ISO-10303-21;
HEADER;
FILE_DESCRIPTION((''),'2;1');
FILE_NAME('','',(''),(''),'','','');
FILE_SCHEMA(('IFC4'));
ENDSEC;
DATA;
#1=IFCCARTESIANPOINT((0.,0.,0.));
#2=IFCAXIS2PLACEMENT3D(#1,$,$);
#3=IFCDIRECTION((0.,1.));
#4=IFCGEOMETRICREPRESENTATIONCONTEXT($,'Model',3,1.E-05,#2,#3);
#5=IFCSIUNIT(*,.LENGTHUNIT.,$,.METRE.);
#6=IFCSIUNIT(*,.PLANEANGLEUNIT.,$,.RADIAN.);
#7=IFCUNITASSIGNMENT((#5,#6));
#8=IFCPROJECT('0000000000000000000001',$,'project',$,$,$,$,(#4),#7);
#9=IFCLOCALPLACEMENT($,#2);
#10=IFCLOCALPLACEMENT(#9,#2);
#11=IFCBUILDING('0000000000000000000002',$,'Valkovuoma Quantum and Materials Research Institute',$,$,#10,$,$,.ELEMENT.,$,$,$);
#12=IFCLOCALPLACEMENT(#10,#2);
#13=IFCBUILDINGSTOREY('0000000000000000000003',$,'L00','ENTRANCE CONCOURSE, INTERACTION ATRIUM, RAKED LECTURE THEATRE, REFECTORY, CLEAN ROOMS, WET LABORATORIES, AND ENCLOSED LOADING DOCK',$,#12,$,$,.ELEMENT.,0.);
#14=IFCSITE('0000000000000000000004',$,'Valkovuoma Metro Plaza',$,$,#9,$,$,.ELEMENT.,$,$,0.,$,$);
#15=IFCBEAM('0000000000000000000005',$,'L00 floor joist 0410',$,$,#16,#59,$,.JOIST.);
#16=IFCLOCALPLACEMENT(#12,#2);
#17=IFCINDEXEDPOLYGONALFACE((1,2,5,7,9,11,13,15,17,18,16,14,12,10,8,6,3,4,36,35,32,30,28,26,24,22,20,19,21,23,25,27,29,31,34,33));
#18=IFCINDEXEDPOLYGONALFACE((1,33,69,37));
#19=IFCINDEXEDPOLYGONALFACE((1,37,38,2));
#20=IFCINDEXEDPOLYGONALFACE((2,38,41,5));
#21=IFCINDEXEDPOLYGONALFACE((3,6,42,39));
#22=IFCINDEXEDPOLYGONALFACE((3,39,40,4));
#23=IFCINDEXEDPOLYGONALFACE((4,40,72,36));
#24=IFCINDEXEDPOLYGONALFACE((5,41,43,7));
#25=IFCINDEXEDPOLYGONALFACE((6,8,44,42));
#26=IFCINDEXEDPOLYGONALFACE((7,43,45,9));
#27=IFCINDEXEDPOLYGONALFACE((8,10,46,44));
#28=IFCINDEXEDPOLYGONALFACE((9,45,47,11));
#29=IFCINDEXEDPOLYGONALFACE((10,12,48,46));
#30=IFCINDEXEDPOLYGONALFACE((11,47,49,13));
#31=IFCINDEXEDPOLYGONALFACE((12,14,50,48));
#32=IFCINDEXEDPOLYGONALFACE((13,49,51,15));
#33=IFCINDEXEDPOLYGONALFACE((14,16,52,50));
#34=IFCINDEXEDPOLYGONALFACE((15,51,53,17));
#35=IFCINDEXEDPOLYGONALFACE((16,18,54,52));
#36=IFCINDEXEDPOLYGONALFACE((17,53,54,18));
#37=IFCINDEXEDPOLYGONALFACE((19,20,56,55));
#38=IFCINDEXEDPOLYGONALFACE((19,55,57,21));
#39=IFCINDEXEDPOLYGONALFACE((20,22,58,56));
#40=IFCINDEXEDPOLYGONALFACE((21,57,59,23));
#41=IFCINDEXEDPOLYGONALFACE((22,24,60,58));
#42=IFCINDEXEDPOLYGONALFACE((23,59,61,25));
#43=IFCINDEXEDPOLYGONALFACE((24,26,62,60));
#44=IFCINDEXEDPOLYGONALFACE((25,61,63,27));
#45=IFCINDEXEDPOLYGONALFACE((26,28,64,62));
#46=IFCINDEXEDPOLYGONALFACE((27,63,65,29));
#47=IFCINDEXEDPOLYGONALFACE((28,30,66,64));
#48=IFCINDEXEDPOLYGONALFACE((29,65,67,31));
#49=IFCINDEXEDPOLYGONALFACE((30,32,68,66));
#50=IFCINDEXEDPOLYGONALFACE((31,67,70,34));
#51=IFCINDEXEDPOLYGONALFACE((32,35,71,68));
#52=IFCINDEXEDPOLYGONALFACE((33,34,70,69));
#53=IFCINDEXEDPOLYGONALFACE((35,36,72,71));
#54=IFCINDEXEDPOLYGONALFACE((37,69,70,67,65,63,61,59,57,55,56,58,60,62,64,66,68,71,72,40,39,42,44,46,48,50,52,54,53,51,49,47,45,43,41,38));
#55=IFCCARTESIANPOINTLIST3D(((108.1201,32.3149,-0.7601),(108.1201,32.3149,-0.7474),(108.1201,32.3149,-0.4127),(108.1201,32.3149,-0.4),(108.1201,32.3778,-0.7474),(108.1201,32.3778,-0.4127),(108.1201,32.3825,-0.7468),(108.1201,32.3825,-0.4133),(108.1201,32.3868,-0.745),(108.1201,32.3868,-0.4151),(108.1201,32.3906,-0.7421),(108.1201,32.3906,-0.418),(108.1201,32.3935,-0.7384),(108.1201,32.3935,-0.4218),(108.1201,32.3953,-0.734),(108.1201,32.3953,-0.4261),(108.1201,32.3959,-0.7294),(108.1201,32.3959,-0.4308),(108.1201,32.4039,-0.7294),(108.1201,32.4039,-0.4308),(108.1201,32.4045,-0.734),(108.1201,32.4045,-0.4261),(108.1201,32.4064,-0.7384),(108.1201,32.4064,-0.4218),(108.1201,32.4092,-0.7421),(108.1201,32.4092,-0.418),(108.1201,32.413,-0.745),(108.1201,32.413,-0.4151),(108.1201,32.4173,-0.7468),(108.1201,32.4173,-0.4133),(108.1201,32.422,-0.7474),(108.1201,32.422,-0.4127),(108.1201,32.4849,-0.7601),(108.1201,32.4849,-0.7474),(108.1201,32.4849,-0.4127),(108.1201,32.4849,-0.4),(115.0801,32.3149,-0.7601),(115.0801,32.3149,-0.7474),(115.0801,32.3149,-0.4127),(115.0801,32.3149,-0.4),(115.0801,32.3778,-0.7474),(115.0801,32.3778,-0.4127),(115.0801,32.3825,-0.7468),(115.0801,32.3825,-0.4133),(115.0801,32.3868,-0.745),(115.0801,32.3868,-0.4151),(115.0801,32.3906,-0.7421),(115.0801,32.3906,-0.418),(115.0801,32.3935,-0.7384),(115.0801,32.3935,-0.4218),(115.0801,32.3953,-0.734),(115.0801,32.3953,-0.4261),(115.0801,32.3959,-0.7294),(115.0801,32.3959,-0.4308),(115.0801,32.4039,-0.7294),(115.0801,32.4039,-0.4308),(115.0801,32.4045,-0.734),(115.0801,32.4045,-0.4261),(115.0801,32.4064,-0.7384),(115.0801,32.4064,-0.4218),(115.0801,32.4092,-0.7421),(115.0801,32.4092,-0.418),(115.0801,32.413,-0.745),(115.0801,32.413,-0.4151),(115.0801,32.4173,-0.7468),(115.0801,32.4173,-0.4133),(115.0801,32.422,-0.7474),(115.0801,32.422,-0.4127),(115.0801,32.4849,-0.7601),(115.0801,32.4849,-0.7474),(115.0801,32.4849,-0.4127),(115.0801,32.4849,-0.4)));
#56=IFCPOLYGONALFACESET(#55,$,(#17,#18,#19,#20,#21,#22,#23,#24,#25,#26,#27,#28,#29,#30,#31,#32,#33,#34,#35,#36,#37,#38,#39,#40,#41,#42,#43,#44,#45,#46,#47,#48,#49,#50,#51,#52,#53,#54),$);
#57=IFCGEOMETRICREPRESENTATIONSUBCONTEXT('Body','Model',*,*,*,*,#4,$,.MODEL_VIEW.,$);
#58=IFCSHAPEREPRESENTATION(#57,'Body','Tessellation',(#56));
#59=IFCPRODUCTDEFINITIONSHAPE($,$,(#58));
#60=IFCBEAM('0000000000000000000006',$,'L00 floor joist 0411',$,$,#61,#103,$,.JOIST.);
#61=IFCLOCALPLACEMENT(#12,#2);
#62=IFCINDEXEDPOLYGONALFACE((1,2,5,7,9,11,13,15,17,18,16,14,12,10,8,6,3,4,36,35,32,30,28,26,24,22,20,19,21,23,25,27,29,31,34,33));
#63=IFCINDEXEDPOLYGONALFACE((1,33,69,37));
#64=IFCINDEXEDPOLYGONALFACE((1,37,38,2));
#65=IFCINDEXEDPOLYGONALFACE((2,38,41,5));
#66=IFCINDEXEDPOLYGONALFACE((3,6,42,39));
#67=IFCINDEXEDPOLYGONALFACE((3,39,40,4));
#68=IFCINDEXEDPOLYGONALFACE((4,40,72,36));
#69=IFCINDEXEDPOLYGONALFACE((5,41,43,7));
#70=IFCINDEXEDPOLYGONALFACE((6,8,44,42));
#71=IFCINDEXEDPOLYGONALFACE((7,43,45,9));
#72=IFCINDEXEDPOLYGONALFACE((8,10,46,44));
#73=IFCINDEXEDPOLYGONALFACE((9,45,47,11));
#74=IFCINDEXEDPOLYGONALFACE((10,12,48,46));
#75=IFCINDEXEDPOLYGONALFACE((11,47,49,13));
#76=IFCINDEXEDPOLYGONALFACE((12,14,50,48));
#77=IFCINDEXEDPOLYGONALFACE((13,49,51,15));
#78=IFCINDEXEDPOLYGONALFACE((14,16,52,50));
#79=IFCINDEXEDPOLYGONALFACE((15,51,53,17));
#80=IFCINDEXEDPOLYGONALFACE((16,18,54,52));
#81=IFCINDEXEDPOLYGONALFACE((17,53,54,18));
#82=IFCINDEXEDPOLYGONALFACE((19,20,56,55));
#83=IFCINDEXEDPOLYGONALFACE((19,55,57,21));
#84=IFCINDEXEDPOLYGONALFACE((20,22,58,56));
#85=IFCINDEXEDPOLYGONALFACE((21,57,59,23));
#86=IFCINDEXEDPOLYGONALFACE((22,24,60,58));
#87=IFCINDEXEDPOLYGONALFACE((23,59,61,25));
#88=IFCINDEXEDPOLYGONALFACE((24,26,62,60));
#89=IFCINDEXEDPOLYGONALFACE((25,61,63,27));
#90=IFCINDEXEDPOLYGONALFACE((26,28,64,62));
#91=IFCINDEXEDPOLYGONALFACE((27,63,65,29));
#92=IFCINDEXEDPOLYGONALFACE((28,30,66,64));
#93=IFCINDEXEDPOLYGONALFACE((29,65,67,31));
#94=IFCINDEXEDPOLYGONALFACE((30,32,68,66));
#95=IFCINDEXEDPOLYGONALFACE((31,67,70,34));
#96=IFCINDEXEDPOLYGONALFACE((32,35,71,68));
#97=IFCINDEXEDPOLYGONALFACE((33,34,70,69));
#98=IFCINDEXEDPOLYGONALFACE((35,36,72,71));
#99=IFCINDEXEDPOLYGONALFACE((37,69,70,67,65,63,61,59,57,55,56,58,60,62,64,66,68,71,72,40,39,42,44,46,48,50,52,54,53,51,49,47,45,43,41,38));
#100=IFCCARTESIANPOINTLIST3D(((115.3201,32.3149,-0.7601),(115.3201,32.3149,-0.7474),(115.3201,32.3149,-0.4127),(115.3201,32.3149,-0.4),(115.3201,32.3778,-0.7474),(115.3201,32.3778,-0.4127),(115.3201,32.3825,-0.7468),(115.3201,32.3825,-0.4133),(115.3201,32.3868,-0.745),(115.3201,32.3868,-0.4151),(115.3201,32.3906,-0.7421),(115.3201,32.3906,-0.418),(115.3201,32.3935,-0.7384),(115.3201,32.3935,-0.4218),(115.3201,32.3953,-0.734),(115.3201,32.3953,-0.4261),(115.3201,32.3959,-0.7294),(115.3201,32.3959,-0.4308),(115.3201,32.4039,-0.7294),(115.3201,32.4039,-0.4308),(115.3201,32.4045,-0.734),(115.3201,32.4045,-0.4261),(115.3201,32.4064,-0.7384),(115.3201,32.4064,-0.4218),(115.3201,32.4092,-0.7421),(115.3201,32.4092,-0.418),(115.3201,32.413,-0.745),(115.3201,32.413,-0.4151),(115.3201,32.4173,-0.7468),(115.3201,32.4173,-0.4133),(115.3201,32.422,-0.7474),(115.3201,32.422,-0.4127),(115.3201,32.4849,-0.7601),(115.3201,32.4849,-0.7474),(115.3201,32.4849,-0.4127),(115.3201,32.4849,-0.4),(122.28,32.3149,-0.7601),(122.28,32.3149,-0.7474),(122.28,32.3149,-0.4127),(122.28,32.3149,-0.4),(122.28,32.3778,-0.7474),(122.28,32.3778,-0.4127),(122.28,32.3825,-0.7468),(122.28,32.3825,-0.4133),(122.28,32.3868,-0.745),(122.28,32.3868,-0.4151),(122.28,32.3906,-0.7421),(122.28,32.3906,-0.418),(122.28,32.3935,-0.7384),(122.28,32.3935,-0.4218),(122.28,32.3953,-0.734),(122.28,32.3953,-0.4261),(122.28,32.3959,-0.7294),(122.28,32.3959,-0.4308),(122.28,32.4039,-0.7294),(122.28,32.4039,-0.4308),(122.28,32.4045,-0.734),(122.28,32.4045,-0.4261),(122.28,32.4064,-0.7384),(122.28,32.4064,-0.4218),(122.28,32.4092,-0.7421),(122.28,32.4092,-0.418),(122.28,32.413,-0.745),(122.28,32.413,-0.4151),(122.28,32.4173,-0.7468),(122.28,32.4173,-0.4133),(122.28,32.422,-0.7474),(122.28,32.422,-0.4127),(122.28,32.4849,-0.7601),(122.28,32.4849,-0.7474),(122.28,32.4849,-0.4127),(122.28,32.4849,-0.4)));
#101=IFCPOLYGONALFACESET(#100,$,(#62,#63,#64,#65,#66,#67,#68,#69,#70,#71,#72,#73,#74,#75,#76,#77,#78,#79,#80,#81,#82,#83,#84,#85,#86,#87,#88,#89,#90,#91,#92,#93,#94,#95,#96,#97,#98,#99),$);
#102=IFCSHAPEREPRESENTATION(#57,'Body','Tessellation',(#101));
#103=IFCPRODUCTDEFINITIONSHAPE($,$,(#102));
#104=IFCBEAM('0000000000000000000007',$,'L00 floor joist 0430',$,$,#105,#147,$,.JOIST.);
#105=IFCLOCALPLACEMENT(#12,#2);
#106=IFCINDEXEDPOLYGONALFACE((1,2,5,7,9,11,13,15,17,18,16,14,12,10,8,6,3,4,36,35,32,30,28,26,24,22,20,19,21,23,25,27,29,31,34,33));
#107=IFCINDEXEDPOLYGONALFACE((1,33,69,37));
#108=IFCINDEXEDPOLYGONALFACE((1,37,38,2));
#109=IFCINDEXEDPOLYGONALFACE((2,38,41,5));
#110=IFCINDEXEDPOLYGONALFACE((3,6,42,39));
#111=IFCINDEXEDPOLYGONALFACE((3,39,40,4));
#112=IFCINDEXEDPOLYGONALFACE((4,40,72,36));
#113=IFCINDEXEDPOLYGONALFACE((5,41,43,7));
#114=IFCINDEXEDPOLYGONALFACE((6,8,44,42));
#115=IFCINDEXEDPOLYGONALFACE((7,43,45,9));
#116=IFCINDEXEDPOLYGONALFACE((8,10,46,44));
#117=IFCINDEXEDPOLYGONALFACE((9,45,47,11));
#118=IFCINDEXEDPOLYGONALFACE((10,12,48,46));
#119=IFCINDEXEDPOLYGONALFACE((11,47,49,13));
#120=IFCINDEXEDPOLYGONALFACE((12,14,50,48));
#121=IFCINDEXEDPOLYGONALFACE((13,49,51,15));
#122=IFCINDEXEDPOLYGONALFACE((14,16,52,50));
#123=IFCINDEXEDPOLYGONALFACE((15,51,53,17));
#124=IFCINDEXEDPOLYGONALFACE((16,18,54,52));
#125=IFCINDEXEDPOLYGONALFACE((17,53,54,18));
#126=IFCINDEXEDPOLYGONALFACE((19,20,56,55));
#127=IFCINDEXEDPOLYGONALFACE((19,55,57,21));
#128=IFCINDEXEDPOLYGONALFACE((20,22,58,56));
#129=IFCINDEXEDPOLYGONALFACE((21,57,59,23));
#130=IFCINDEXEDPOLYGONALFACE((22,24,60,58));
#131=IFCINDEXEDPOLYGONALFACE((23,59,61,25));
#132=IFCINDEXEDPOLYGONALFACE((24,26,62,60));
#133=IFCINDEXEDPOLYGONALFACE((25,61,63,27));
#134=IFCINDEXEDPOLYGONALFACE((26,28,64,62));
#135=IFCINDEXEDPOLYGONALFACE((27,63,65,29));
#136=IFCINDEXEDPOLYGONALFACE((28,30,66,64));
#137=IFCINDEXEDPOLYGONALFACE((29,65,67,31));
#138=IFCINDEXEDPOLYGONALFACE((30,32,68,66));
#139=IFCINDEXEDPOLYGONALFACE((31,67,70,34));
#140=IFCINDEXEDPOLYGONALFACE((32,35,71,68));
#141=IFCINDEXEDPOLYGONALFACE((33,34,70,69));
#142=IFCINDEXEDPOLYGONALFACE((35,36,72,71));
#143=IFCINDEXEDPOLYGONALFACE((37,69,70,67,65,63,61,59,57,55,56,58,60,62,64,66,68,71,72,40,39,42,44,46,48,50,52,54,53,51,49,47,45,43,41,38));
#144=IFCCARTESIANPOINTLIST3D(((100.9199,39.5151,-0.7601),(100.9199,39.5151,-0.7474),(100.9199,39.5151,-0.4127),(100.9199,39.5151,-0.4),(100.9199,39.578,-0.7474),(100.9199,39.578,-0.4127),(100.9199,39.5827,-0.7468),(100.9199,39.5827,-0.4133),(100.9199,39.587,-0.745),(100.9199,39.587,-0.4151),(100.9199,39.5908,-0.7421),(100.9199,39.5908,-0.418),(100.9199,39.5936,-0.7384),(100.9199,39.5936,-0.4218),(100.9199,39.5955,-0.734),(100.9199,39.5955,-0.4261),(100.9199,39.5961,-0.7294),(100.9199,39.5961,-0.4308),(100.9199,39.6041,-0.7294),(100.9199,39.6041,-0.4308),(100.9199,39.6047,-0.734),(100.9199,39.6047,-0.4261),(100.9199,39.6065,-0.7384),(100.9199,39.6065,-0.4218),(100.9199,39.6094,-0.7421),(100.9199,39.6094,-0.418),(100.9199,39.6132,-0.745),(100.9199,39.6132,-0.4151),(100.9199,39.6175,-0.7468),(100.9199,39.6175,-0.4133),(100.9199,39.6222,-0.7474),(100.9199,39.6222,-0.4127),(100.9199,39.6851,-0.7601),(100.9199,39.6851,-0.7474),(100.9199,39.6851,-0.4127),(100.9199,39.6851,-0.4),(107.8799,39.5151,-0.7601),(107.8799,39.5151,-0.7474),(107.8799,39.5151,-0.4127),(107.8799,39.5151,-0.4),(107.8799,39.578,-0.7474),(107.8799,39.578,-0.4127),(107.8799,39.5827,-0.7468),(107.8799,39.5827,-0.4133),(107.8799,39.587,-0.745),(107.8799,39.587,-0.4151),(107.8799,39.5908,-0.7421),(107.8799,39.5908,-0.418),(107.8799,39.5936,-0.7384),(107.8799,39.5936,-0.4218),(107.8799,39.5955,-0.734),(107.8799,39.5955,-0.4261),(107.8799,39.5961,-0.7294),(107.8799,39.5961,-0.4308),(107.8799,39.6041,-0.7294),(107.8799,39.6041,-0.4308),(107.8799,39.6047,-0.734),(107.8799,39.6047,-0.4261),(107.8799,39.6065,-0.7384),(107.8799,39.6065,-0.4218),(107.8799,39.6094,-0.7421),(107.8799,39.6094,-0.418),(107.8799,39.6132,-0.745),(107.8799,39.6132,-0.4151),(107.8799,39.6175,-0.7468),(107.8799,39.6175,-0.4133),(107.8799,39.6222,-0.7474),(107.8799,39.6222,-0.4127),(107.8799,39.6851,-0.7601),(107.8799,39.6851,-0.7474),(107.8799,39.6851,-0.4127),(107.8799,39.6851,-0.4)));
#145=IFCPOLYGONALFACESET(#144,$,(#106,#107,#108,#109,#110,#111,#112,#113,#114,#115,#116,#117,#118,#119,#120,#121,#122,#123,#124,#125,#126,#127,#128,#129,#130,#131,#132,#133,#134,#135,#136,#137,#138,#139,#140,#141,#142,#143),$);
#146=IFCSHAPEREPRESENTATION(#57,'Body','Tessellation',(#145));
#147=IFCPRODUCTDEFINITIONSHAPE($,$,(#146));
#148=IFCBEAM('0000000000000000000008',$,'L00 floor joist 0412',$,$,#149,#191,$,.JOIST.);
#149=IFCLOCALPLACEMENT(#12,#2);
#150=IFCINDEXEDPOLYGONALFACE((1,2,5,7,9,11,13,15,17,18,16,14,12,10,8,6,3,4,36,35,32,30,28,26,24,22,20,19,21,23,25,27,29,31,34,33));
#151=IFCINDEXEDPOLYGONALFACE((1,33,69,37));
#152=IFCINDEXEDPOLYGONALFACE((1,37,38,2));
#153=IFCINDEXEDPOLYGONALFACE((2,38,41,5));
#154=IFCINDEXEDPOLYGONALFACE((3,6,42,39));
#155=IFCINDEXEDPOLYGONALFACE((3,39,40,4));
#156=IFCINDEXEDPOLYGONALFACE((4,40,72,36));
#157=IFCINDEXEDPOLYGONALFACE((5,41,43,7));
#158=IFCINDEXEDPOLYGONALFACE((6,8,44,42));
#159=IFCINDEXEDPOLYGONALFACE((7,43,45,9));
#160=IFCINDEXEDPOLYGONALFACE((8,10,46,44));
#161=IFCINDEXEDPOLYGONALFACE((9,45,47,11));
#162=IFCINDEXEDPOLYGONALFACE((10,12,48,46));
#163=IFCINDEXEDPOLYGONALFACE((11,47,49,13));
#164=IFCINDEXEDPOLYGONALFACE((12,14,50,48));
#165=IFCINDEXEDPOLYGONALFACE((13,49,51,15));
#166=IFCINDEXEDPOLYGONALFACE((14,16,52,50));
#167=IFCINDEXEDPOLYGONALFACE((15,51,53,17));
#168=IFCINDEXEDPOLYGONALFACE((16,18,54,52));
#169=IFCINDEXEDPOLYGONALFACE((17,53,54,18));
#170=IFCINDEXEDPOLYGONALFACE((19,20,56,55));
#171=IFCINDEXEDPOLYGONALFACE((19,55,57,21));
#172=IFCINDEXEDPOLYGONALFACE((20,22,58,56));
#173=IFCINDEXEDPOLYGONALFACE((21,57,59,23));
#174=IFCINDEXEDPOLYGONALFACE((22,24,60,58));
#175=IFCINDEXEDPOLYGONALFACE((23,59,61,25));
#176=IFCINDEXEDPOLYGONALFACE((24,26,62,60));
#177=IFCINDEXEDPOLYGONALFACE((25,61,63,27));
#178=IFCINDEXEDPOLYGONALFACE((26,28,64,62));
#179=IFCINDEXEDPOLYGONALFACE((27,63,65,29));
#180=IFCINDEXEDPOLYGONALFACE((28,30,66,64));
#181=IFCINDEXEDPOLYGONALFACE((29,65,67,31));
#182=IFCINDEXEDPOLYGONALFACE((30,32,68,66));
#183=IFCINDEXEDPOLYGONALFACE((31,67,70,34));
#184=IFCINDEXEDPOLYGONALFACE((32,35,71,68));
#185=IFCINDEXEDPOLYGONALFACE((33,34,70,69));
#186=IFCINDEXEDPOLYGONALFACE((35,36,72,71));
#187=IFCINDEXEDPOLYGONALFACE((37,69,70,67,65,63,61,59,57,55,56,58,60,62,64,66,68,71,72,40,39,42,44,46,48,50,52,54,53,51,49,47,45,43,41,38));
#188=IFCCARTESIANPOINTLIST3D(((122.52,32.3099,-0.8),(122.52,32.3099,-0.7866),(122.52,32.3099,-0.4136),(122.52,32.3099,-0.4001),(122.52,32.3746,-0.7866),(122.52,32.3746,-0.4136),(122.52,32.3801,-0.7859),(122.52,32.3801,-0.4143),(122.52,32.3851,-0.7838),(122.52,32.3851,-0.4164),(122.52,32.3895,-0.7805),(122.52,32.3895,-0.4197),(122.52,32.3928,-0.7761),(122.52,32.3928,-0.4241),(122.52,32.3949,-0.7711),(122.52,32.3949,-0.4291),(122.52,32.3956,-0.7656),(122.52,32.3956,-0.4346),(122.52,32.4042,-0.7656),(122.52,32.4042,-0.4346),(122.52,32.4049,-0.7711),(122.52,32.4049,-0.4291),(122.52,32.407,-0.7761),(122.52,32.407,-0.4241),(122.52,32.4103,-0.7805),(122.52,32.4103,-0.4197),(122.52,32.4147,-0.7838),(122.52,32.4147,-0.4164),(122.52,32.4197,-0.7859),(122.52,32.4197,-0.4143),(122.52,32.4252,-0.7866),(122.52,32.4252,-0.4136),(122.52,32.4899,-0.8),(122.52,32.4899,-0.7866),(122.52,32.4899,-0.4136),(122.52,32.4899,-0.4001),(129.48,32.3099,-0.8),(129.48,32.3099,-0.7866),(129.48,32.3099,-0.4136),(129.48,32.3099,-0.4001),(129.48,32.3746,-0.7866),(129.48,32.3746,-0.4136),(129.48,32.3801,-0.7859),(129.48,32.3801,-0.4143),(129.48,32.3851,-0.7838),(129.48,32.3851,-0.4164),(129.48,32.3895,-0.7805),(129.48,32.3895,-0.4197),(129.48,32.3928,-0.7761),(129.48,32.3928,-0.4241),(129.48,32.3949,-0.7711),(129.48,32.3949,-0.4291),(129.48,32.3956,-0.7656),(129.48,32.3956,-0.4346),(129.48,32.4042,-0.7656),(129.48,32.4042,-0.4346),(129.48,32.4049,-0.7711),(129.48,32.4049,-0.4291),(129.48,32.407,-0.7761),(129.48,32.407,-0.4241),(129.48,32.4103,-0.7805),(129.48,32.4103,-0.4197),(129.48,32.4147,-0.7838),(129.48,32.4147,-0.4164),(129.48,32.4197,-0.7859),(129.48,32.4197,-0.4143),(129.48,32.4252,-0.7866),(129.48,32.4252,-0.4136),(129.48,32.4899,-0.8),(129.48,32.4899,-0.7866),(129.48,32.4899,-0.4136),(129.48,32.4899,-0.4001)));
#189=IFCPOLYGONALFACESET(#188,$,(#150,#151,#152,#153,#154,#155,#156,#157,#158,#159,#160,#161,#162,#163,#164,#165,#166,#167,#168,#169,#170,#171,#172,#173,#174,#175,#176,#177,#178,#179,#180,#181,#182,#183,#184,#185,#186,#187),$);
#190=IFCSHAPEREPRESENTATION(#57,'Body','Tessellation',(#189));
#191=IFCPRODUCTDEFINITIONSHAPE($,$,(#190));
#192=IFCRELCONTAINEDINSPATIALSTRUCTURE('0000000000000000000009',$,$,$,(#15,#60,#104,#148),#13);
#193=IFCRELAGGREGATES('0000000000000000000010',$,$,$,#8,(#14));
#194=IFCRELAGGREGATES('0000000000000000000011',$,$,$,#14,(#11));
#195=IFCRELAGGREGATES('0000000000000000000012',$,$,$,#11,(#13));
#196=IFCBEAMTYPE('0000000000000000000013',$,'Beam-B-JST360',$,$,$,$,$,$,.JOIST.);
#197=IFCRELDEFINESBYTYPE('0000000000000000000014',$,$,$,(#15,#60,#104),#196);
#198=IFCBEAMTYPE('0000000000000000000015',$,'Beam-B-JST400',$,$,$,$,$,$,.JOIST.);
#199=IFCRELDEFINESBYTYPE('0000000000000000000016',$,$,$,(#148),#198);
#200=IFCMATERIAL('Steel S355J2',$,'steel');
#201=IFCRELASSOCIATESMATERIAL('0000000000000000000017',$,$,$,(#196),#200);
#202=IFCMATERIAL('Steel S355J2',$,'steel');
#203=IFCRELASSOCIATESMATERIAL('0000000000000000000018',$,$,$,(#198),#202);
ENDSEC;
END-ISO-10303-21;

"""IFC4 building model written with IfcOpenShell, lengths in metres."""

from ifc_helpers import new_model, si_unit, direction, frame, origin, origin_2d, place, context, subcontext, project, spatial, i_section, extrude, material, material_profile, profile_set, type_object, element, save


model = new_model("IFC4")

# Units and contexts
model_context = context("Model", 3, precision=1e-05, world=origin(), true_north=direction((0.0, 1.0)))
body_context = subcontext(model_context, "Body", "Model", "MODEL_VIEW")
ifc_project = project(units=[si_unit("LENGTHUNIT", "METRE"), si_unit("PLANEANGLEUNIT", "RADIAN")], contexts=[model_context])

# Site, building, storey
site_placement = place(None, origin())
site = spatial("IfcSite", under=ifc_project, at=site_placement, Name="Valkovuoma Metro Plaza", CompositionType="ELEMENT", RefElevation=0.0)
building_placement = place(site_placement, origin())
building = spatial("IfcBuilding", under=site, at=building_placement, Name="Valkovuoma Quantum and Materials Research Institute", CompositionType="ELEMENT")
storey_placement = place(building_placement, origin())
storey = spatial("IfcBuildingStorey", under=building, at=storey_placement, Name="L00", Description="ENTRANCE CONCOURSE, INTERACTION ATRIUM, RAKED LECTURE THEATRE, REFECTORY, CLEAN ROOMS, WET LABORATORIES, AND ENCLOSED LOADING DOCK", CompositionType="ELEMENT", Elevation=0.0)

# Beams
ifc_material_1 = material(Name="Steel S355J2", Category="steel")
ifc_material_profile_1 = material_profile(ifc_material_1, i_section(OverallWidth=0.1699, OverallDepth=0.3601, WebThickness=0.0081, FlangeThickness=0.0127, FilletRadius=0.0181, at=origin_2d()), Name="Steel S355J2")
ifc_profile_set_1 = profile_set([ifc_material_profile_1], Name="Steel S355J2")
beam_type_1 = type_object("IfcBeamType", Name="Beam-B-JST360", PredefinedType="JOIST", material=ifc_profile_set_1)
for number, where, z_axis, x_axis, name in (
    (1, (108.1201, 32.3999, -0.5801), (1.0, 0.0, 0.0), (0.0, 1.0, 0.0), "L00 floor joist 0410"),
    (2, (115.3201, 32.3999, -0.5801), (1.0, 0.0, 0.0), (0.0, 1.0, 0.0), "L00 floor joist 0411"),
    (3, (100.9199, 39.6001, -0.5801), (1.0, 0.0, 0.0), (0.0, 1.0, 0.0), "L00 floor joist 0430"),
):
    element("IfcBeam", number, at=place(storey_placement, frame(where, z_axis=z_axis, x_axis=x_axis)), inside=storey, type_object=beam_type_1, Name=name, PredefinedType="JOIST", context=body_context, shape_type="SweptSolid", body=[
        extrude(i_section(OverallWidth=0.1699, OverallDepth=0.3601, WebThickness=0.0081, FlangeThickness=0.0127, FilletRadius=0.0181, at=origin_2d()), origin(), (0.0, 0.0, 1.0), 6.96),
    ])
ifc_material_2 = material(Name="Steel S355J2", Category="steel")
ifc_material_profile_2 = material_profile(ifc_material_2, i_section(OverallWidth=0.1799, OverallDepth=0.3999, WebThickness=0.0085, FlangeThickness=0.0134, FilletRadius=0.021, at=origin_2d()), Name="Steel S355J2")
ifc_profile_set_2 = profile_set([ifc_material_profile_2], Name="Steel S355J2")
beam_type_2 = type_object("IfcBeamType", Name="Beam-B-JST400", PredefinedType="JOIST", material=ifc_profile_set_2)
for number, where, z_axis, x_axis, name in (
    (4, (122.52, 32.3999, -0.6001), (1.0, 0.0, 0.0), (0.0, 1.0, 0.0), "L00 floor joist 0412"),
):
    element("IfcBeam", number, at=place(storey_placement, frame(where, z_axis=z_axis, x_axis=x_axis)), inside=storey, type_object=beam_type_2, Name=name, PredefinedType="JOIST", context=body_context, shape_type="SweptSolid", body=[
        extrude(i_section(OverallWidth=0.1799, OverallDepth=0.3999, WebThickness=0.0085, FlangeThickness=0.0134, FilletRadius=0.021, at=origin_2d()), origin(), (0.0, 0.0, 1.0), 6.96),
    ])

save(model, "model.ifc")
